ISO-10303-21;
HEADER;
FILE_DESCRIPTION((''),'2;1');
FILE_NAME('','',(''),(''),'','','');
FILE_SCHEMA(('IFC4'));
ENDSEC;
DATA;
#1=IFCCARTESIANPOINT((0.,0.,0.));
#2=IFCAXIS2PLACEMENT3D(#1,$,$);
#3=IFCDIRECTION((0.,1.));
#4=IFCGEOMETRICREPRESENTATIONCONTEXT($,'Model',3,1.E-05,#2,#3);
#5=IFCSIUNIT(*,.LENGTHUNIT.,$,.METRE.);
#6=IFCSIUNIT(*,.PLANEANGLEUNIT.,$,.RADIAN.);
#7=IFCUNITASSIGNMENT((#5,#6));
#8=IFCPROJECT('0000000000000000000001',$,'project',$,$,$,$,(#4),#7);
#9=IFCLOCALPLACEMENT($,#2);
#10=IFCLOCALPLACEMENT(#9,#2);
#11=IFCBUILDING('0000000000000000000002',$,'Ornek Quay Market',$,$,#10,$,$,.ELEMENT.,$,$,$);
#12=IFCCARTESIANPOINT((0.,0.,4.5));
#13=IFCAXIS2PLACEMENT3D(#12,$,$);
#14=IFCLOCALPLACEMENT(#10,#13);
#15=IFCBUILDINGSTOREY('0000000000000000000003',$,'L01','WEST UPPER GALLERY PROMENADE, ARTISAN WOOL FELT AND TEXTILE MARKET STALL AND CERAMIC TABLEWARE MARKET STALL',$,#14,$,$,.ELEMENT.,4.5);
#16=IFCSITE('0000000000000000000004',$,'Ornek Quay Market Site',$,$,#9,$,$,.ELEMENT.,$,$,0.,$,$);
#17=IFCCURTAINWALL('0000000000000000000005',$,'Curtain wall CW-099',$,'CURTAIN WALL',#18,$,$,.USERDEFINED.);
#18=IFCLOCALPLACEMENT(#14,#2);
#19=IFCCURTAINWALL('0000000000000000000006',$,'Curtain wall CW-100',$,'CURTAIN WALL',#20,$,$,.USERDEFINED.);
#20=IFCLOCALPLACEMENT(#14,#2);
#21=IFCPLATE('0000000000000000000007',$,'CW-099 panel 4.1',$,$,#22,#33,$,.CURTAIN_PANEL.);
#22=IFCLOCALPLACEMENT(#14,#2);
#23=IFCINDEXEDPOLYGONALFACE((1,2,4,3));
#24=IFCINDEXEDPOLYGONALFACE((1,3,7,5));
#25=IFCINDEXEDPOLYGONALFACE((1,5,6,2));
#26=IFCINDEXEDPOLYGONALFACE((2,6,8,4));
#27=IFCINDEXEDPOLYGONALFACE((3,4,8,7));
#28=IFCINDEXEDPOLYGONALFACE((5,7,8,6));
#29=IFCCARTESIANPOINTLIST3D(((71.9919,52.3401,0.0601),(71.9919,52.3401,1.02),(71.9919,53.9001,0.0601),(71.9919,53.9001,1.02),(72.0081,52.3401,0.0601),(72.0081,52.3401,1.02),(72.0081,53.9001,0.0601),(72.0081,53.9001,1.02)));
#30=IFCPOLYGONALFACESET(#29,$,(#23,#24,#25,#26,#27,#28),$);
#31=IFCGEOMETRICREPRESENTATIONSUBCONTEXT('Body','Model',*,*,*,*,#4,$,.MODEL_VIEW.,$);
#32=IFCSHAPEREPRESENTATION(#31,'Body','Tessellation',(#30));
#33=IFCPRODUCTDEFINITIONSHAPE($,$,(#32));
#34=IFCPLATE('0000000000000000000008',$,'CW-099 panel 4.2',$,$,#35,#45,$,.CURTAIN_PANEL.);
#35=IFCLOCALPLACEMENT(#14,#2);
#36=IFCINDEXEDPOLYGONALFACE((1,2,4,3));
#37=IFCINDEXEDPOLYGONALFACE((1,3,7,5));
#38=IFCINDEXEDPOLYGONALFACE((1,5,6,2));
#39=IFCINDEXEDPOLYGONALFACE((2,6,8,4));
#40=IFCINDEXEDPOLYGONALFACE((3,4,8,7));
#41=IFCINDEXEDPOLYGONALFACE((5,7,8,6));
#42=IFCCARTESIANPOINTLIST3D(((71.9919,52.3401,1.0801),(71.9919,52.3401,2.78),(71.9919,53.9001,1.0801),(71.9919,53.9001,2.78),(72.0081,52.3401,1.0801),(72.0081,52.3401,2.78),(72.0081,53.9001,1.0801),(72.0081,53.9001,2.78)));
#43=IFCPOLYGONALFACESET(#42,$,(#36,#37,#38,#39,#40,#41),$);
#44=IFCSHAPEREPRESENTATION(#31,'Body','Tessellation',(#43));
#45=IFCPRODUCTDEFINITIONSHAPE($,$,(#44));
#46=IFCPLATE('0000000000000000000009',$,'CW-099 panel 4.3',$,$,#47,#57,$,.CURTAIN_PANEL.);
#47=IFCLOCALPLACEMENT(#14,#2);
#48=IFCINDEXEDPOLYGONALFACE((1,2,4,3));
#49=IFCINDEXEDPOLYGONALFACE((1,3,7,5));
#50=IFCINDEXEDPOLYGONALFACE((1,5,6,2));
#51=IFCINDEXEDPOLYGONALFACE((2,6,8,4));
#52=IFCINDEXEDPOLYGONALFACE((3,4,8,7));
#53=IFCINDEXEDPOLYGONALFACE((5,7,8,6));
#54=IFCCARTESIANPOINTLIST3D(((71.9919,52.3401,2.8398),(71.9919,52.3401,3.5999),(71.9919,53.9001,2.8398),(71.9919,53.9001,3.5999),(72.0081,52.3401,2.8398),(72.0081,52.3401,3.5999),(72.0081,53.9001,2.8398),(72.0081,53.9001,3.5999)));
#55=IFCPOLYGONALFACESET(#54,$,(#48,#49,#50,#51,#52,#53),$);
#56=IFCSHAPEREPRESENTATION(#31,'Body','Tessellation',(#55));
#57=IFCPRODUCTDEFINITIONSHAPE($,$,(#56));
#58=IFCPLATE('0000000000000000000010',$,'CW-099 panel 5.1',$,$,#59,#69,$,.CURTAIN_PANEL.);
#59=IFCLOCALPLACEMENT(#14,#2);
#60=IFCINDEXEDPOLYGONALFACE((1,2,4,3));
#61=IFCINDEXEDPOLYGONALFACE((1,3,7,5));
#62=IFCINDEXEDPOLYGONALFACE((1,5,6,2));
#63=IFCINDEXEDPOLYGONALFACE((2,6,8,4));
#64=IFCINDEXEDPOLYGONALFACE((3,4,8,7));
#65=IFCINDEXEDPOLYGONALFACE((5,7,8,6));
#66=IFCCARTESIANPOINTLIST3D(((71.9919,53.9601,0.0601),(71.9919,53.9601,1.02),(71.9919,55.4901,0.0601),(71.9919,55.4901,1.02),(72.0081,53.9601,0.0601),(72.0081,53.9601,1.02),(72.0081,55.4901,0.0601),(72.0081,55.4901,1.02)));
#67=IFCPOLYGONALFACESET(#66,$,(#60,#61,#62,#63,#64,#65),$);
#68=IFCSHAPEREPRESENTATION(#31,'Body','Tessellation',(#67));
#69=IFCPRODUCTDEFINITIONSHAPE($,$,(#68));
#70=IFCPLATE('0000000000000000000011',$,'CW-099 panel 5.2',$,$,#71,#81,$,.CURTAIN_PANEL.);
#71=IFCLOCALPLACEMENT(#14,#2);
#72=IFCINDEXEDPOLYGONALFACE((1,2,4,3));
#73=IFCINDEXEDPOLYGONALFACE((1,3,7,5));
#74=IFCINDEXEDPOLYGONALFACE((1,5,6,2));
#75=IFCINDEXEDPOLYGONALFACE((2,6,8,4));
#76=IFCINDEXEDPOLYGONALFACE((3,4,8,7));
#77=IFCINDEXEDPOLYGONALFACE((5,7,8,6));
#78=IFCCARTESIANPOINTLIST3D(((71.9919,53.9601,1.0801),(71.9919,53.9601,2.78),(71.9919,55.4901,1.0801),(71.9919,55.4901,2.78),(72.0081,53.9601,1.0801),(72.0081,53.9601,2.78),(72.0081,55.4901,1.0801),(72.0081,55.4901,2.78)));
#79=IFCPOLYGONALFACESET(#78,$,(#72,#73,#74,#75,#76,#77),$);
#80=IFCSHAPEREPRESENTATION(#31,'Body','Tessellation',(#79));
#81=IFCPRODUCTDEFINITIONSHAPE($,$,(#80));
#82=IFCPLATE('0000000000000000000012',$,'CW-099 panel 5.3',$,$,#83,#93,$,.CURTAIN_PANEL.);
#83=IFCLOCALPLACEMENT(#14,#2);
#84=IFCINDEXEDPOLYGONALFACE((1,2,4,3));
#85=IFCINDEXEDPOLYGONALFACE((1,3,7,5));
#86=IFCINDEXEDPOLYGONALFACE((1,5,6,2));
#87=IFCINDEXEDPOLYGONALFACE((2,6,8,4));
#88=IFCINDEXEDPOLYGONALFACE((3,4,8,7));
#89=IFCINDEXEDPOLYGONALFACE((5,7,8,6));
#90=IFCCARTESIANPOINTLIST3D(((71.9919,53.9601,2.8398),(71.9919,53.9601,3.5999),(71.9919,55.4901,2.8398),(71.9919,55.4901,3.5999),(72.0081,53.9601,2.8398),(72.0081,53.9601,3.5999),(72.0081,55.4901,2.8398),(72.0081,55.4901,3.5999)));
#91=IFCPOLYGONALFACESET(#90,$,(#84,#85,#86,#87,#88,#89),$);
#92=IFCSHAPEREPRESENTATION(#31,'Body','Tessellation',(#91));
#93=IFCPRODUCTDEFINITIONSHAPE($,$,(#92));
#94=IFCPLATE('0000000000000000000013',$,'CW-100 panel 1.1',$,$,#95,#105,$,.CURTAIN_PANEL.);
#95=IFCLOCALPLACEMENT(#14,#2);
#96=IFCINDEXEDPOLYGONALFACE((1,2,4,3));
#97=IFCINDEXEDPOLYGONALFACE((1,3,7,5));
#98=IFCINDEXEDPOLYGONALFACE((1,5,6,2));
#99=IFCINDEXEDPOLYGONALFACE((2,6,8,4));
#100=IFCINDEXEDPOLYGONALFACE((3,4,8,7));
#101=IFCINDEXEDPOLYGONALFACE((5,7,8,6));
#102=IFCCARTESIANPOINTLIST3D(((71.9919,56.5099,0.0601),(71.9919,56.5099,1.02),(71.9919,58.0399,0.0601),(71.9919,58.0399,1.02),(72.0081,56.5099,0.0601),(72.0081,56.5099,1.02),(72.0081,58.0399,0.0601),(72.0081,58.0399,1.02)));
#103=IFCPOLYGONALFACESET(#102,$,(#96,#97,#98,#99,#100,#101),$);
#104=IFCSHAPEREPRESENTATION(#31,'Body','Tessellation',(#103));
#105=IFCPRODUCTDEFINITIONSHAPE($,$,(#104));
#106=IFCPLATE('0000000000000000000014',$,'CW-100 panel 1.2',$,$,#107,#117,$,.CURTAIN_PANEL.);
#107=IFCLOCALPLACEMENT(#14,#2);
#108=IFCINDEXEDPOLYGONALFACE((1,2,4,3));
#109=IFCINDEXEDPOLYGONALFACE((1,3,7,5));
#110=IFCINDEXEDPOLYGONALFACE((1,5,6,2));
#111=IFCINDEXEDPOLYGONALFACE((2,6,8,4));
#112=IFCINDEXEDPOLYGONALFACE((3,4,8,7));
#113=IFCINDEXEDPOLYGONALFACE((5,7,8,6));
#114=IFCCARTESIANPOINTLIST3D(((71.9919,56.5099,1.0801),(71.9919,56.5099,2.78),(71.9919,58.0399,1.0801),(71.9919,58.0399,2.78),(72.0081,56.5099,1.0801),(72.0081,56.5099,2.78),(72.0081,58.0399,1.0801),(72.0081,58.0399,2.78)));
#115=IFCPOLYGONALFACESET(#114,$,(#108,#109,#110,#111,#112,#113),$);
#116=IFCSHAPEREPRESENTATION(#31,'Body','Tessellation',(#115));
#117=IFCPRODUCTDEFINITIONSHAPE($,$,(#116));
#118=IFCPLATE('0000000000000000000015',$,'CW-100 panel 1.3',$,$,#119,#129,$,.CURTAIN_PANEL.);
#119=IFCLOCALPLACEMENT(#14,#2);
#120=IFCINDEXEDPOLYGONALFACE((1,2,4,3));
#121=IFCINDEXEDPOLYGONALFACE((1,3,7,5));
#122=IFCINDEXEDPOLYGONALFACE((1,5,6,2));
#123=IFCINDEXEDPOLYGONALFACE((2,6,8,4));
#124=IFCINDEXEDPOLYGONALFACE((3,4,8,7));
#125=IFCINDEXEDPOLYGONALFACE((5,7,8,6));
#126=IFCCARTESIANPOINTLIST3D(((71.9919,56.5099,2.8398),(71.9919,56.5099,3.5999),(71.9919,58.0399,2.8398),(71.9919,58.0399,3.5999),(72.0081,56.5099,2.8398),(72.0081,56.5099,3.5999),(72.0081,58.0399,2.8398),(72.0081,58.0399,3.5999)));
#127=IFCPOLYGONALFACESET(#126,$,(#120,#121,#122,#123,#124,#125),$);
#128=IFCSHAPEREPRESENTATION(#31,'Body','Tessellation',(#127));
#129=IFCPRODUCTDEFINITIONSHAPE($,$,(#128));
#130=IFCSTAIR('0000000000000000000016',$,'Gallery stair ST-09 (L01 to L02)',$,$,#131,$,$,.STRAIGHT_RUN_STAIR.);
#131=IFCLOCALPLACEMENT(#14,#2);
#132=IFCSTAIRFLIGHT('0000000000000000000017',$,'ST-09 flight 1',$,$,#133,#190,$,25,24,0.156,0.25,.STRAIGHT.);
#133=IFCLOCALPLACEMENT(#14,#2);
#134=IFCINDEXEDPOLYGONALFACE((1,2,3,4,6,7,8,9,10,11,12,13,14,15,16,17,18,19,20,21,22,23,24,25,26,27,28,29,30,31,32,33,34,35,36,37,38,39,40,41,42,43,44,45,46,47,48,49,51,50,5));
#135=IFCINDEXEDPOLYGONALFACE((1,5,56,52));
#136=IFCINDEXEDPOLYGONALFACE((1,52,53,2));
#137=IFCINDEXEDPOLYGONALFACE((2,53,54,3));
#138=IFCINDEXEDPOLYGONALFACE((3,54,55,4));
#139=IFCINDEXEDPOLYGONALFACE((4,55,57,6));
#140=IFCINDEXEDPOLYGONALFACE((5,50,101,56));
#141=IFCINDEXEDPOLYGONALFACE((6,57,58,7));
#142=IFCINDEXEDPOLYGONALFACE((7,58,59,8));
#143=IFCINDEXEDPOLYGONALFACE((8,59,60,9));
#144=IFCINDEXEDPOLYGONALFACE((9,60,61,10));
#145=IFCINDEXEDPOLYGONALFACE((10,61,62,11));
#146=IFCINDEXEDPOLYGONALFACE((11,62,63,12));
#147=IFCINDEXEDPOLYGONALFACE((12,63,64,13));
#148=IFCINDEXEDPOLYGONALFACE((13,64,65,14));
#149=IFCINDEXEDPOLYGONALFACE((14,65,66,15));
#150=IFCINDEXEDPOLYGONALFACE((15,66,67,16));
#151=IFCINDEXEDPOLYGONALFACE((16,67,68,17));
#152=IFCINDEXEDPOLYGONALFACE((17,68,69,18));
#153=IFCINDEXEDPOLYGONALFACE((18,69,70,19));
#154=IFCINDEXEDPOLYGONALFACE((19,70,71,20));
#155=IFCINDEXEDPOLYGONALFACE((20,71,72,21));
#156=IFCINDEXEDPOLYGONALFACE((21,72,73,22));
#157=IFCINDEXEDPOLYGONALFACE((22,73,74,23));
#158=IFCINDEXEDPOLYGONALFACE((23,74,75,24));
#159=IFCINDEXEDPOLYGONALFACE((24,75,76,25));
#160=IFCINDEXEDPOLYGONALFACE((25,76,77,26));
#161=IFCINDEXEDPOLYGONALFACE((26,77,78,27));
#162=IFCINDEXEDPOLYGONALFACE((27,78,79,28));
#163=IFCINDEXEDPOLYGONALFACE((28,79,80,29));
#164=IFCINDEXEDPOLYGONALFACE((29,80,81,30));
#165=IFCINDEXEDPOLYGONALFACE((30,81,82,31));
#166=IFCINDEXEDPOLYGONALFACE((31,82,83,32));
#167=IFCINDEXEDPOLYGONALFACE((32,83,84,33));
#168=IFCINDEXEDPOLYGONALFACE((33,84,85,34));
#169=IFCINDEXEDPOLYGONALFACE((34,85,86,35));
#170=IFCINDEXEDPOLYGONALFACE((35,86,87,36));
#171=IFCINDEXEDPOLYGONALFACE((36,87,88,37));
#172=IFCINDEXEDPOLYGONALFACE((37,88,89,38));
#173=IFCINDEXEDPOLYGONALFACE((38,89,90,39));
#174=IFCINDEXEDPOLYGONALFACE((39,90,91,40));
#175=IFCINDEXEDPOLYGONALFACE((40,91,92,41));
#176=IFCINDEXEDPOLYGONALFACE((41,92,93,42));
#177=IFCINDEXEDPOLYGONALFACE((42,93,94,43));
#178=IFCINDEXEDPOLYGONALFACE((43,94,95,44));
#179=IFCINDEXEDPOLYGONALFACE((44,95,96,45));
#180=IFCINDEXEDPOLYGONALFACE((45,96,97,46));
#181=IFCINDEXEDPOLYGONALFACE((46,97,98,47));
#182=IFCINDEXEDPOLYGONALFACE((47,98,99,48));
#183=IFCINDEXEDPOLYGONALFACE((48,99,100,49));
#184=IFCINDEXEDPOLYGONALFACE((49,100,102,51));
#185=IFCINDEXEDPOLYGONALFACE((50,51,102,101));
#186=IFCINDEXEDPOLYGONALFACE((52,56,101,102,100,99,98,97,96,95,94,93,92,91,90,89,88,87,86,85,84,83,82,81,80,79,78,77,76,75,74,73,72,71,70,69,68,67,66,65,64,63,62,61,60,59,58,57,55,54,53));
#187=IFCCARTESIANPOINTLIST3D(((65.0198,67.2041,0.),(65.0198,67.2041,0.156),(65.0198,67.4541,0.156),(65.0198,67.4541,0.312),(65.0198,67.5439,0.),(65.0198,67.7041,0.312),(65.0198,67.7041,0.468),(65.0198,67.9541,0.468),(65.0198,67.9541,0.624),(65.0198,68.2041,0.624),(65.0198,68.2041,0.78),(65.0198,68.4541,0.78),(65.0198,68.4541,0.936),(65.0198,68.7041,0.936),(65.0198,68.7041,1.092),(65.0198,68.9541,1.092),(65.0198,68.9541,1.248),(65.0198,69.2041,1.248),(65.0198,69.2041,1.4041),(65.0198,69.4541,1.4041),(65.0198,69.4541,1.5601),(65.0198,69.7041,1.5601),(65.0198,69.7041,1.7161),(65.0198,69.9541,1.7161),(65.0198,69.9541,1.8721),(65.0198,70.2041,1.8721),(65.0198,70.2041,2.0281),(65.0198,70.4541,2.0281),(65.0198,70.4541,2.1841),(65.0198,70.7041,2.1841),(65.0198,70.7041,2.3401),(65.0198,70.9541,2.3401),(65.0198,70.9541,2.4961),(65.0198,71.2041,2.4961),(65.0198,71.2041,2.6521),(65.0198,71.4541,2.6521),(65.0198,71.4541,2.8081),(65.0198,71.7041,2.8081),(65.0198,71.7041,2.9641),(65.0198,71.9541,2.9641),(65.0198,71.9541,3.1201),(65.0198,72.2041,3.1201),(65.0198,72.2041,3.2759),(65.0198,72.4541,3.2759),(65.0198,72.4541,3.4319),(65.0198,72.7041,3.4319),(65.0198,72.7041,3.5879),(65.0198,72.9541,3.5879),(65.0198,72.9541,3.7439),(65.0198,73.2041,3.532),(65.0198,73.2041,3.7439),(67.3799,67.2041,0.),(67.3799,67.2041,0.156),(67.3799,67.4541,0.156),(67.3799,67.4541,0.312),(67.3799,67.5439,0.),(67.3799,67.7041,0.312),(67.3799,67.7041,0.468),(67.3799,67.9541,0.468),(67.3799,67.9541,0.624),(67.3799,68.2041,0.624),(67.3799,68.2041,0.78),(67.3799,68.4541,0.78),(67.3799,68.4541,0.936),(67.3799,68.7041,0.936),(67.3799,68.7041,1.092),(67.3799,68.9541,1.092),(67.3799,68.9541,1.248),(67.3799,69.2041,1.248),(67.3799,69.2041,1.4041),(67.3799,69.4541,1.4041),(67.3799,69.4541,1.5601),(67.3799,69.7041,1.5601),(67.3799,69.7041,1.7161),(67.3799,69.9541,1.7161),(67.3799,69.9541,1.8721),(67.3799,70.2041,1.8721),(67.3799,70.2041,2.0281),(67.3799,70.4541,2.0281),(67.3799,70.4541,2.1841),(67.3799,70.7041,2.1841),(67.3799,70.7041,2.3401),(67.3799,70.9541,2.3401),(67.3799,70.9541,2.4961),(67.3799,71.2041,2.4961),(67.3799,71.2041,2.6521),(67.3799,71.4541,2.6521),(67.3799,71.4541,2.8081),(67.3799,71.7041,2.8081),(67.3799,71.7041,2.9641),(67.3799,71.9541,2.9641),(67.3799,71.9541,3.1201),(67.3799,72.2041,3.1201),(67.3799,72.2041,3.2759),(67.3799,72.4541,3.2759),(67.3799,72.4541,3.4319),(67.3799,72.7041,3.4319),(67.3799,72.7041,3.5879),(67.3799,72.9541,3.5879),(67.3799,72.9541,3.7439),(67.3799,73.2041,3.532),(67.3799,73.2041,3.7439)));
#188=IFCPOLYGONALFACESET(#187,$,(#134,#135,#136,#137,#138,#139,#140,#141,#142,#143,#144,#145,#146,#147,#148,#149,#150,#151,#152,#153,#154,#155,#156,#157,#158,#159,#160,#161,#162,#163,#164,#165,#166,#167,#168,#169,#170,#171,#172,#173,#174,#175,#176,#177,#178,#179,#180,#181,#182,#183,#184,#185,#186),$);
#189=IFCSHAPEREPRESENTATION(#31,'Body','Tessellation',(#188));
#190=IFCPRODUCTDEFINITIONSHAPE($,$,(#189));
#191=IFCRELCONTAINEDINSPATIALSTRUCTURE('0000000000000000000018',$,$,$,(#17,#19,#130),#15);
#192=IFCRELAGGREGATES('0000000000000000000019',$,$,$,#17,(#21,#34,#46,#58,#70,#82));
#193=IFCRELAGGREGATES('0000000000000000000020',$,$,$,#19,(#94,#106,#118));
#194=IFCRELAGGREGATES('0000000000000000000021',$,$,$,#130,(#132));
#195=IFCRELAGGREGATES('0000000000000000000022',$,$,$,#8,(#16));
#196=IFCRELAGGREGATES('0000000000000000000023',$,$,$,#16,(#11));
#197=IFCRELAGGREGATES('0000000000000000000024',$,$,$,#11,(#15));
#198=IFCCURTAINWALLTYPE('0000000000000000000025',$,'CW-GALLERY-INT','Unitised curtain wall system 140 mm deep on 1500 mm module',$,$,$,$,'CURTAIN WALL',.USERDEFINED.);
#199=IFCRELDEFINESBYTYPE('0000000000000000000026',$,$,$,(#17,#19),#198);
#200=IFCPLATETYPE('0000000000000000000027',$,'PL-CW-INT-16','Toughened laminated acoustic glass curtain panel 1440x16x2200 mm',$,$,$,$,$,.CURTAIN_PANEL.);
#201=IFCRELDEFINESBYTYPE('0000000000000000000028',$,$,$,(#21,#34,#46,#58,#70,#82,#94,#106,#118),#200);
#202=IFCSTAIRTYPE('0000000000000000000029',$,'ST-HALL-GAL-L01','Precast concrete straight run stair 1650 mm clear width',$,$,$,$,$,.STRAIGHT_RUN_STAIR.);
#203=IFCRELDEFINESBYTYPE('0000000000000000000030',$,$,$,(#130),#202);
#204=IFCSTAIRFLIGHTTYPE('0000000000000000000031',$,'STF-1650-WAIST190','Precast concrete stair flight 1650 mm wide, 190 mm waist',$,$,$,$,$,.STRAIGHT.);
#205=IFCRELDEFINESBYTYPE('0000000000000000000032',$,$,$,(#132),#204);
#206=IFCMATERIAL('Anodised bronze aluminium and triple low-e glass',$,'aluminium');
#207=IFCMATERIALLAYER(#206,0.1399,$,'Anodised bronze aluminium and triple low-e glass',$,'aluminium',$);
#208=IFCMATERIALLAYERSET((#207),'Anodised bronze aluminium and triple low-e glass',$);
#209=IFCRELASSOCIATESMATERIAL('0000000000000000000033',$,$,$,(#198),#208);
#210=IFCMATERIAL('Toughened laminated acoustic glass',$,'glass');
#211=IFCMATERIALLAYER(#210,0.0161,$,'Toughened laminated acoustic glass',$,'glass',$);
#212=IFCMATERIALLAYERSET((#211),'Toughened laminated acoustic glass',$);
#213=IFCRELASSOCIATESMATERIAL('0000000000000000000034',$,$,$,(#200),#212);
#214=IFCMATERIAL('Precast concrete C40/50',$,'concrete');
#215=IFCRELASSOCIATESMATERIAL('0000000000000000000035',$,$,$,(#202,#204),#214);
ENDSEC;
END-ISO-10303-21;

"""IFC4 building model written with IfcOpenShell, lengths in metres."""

from ifc_helpers import new_model, si_unit, direction, frame, origin, origin_2d, place, context, subcontext, project, spatial, polyline, rectangle, outline, extrude, material, layer, layer_set, type_object, element, aggregate, save


model = new_model("IFC4")

# Units and contexts
model_context = context("Model", 3, precision=1e-05, world=origin(), true_north=direction((0.0, 1.0)))
body_context = subcontext(model_context, "Body", "Model", "MODEL_VIEW")
ifc_project = project(units=[si_unit("LENGTHUNIT", "METRE"), si_unit("PLANEANGLEUNIT", "RADIAN")], contexts=[model_context])

# Site, building, storey
site_placement = place(None, origin())
site = spatial("IfcSite", under=ifc_project, at=site_placement, Name="Ornek Quay Market Site", CompositionType="ELEMENT", RefElevation=0.0)
building_placement = place(site_placement, origin())
building = spatial("IfcBuilding", under=site, at=building_placement, Name="Ornek Quay Market", CompositionType="ELEMENT")
storey_placement = place(building_placement, frame((0.0, 0.0, 4.5)))
storey = spatial("IfcBuildingStorey", under=building, at=storey_placement, Name="L01", Description="WEST UPPER GALLERY PROMENADE, ARTISAN WOOL FELT AND TEXTILE MARKET STALL AND CERAMIC TABLEWARE MARKET STALL", CompositionType="ELEMENT", Elevation=4.5)

# Curtain walls
ifc_material_1 = material(Name="Anodised bronze aluminium and triple low-e glass", Category="aluminium")
ifc_layer_1 = layer(ifc_material_1, 0.1399, Name="Anodised bronze aluminium and triple low-e glass", Category="aluminium")
ifc_layer_set_1 = layer_set([ifc_layer_1], Name="Anodised bronze aluminium and triple low-e glass")
curtain_wall_type = type_object("IfcCurtainWallType", Name="CW-GALLERY-INT", Description="Unitised curtain wall system 140 mm deep on 1500 mm module", ElementType="CURTAIN WALL", PredefinedType="USERDEFINED", material=ifc_layer_set_1)
curtain_wall_1_placement = place(storey_placement, origin())
curtain_wall_1 = element("IfcCurtainWall", 1, at=curtain_wall_1_placement, inside=storey, type_object=curtain_wall_type, Name="Curtain wall CW-099", ObjectType="CURTAIN WALL", PredefinedType="USERDEFINED")
curtain_wall_2_placement = place(storey_placement, origin())
curtain_wall_2 = element("IfcCurtainWall", 2, at=curtain_wall_2_placement, inside=storey, type_object=curtain_wall_type, Name="Curtain wall CW-100", ObjectType="CURTAIN WALL", PredefinedType="USERDEFINED")

# Plates
ifc_material_2 = material(Name="Toughened laminated acoustic glass", Category="glass")
ifc_layer_2 = layer(ifc_material_2, 0.0161, Name="Toughened laminated acoustic glass", Category="glass")
ifc_layer_set_2 = layer_set([ifc_layer_2], Name="Toughened laminated acoustic glass")
plate_type = type_object("IfcPlateType", Name="PL-CW-INT-16", Description="Toughened laminated acoustic glass curtain panel 1440x16x2200 mm", PredefinedType="CURTAIN_PANEL", material=ifc_layer_set_2)
plate_1_placement = place(storey_placement, frame((72.0, 53.1201, 0.0601), z_axis=(0.0, 0.0, 1.0), x_axis=(0.0, 1.0, 0.0)))
plate_1 = element("IfcPlate", 3, at=plate_1_placement, type_object=plate_type, Name="CW-099 panel 4.1", PredefinedType="CURTAIN_PANEL", context=body_context, shape_type="SweptSolid", body=[
    extrude(rectangle(XDim=1.5601, YDim=0.0161, at=origin_2d()), origin(), (0.0, 0.0, 1.0), 0.96),
])
plate_2_placement = place(storey_placement, frame((72.0, 53.1201, 1.0801), z_axis=(0.0, 0.0, 1.0), x_axis=(0.0, 1.0, 0.0)))
plate_2 = element("IfcPlate", 4, at=plate_2_placement, type_object=plate_type, Name="CW-099 panel 4.2", PredefinedType="CURTAIN_PANEL", context=body_context, shape_type="SweptSolid", body=[
    extrude(rectangle(XDim=1.5601, YDim=0.0161, at=origin_2d()), origin(), (0.0, 0.0, 1.0), 1.7),
])
plate_3_placement = place(storey_placement, frame((72.0, 53.1201, 2.8398), z_axis=(0.0, 0.0, 1.0), x_axis=(0.0, 1.0, 0.0)))
plate_3 = element("IfcPlate", 5, at=plate_3_placement, type_object=plate_type, Name="CW-099 panel 4.3", PredefinedType="CURTAIN_PANEL", context=body_context, shape_type="SweptSolid", body=[
    extrude(rectangle(XDim=1.5601, YDim=0.0161, at=origin_2d()), origin(), (0.0, 0.0, 1.0), 0.76),
])
plate_4_placement = place(storey_placement, frame((72.0, 54.7251, 0.0601), z_axis=(0.0, 0.0, 1.0), x_axis=(0.0, 1.0, 0.0)))
plate_4 = element("IfcPlate", 6, at=plate_4_placement, type_object=plate_type, Name="CW-099 panel 5.1", PredefinedType="CURTAIN_PANEL", context=body_context, shape_type="SweptSolid", body=[
    extrude(rectangle(XDim=1.53, YDim=0.0161, at=origin_2d()), origin(), (0.0, 0.0, 1.0), 0.96),
])
plate_5_placement = place(storey_placement, frame((72.0, 54.7251, 1.0801), z_axis=(0.0, 0.0, 1.0), x_axis=(0.0, 1.0, 0.0)))
plate_5 = element("IfcPlate", 7, at=plate_5_placement, type_object=plate_type, Name="CW-099 panel 5.2", PredefinedType="CURTAIN_PANEL", context=body_context, shape_type="SweptSolid", body=[
    extrude(rectangle(XDim=1.53, YDim=0.0161, at=origin_2d()), origin(), (0.0, 0.0, 1.0), 1.7),
])
plate_6_placement = place(storey_placement, frame((72.0, 54.7251, 2.8398), z_axis=(0.0, 0.0, 1.0), x_axis=(0.0, 1.0, 0.0)))
plate_6 = element("IfcPlate", 8, at=plate_6_placement, type_object=plate_type, Name="CW-099 panel 5.3", PredefinedType="CURTAIN_PANEL", context=body_context, shape_type="SweptSolid", body=[
    extrude(rectangle(XDim=1.53, YDim=0.0161, at=origin_2d()), origin(), (0.0, 0.0, 1.0), 0.76),
])
aggregate(curtain_wall_1, [plate_1, plate_2, plate_3, plate_4, plate_5, plate_6])
plate_7_placement = place(storey_placement, frame((72.0, 57.2749, 0.0601), z_axis=(0.0, 0.0, 1.0), x_axis=(0.0, 1.0, 0.0)))
plate_7 = element("IfcPlate", 9, at=plate_7_placement, type_object=plate_type, Name="CW-100 panel 1.1", PredefinedType="CURTAIN_PANEL", context=body_context, shape_type="SweptSolid", body=[
    extrude(rectangle(XDim=1.53, YDim=0.0161, at=origin_2d()), origin(), (0.0, 0.0, 1.0), 0.96),
])
plate_8_placement = place(storey_placement, frame((72.0, 57.2749, 1.0801), z_axis=(0.0, 0.0, 1.0), x_axis=(0.0, 1.0, 0.0)))
plate_8 = element("IfcPlate", 10, at=plate_8_placement, type_object=plate_type, Name="CW-100 panel 1.2", PredefinedType="CURTAIN_PANEL", context=body_context, shape_type="SweptSolid", body=[
    extrude(rectangle(XDim=1.53, YDim=0.0161, at=origin_2d()), origin(), (0.0, 0.0, 1.0), 1.7),
])
plate_9_placement = place(storey_placement, frame((72.0, 57.2749, 2.8398), z_axis=(0.0, 0.0, 1.0), x_axis=(0.0, 1.0, 0.0)))
plate_9 = element("IfcPlate", 11, at=plate_9_placement, type_object=plate_type, Name="CW-100 panel 1.3", PredefinedType="CURTAIN_PANEL", context=body_context, shape_type="SweptSolid", body=[
    extrude(rectangle(XDim=1.53, YDim=0.0161, at=origin_2d()), origin(), (0.0, 0.0, 1.0), 0.76),
])
aggregate(curtain_wall_2, [plate_7, plate_8, plate_9])

# Stair, stair flight
ifc_material_3 = material(Name="Precast concrete C40/50", Category="concrete")
stair_type = type_object("IfcStairType", Name="ST-HALL-GAL-L01", Description="Precast concrete straight run stair 1650 mm clear width", PredefinedType="STRAIGHT_RUN_STAIR", material=ifc_material_3)
stair_placement = place(storey_placement, origin())
stair = element("IfcStair", 12, at=stair_placement, inside=storey, type_object=stair_type, Name="Gallery stair ST-09 (L01 to L02)", PredefinedType="STRAIGHT_RUN_STAIR")
stair_flight_type = type_object("IfcStairFlightType", Name="STF-1650-WAIST190", Description="Precast concrete stair flight 1650 mm wide, 190 mm waist", PredefinedType="STRAIGHT", material=ifc_material_3)
stair_flight_placement = place(storey_placement, frame((66.2, 67.2041, 0.0), z_axis=(0.0, 0.0, 1.0), x_axis=(0.0, 1.0, 0.0)))
stair_flight = element("IfcStairFlight", 13, at=stair_flight_placement, type_object=stair_flight_type, Name="ST-09 flight 1", NumberOfRisers=25, NumberOfTreads=24, PredefinedType="STRAIGHT", RiserHeight=0.156, TreadLength=0.25, context=body_context, shape_type="SweptSolid", body=[
    extrude(outline(polyline([(0.0, 0.0), (0.0, 0.156), (0.25, 0.156), (0.25, 0.312), (0.5, 0.312), (0.5, 0.468), (0.75, 0.468), (0.75, 0.624), (1.0, 0.624), (1.0, 0.78), (1.25, 0.78), (1.25, 0.936), (1.5, 0.936), (1.5, 1.092), (1.75, 1.092), (1.75, 1.248), (2.0, 1.248), (2.0, 1.4041), (2.25, 1.4041), (2.25, 1.5601), (2.5, 1.5601), (2.5, 1.7161), (2.75, 1.7161), (2.75, 1.8721), (3.0, 1.8721), (3.0, 2.0281), (3.25, 2.0281), (3.25, 2.1841), (3.5, 2.1841), (3.5, 2.3401), (3.75, 2.3401), (3.75, 2.4961), (4.0, 2.4961), (4.0, 2.6521), (4.25, 2.6521), (4.25, 2.8081), (4.5, 2.8081), (4.5, 2.9641), (4.75, 2.9641), (4.75, 3.1201), (5.0, 3.1201), (5.0, 3.2759), (5.25, 3.2759), (5.25, 3.4319), (5.5, 3.4319), (5.5, 3.5879), (5.75, 3.5879), (5.75, 3.7439), (6.0, 3.7439), (6.0, 3.8999), (6.0, 3.532), (0.3398, 0.0), (0.0, 0.0)])), frame((0.0, 1.1802, 0.0), z_axis=(0.0, -1.0, 0.0), x_axis=(1.0, 0.0, 0.0)), (0.0, 0.0, 1.0), 2.3601),
])
aggregate(stair, [stair_flight])

save(model, "model.ifc")
